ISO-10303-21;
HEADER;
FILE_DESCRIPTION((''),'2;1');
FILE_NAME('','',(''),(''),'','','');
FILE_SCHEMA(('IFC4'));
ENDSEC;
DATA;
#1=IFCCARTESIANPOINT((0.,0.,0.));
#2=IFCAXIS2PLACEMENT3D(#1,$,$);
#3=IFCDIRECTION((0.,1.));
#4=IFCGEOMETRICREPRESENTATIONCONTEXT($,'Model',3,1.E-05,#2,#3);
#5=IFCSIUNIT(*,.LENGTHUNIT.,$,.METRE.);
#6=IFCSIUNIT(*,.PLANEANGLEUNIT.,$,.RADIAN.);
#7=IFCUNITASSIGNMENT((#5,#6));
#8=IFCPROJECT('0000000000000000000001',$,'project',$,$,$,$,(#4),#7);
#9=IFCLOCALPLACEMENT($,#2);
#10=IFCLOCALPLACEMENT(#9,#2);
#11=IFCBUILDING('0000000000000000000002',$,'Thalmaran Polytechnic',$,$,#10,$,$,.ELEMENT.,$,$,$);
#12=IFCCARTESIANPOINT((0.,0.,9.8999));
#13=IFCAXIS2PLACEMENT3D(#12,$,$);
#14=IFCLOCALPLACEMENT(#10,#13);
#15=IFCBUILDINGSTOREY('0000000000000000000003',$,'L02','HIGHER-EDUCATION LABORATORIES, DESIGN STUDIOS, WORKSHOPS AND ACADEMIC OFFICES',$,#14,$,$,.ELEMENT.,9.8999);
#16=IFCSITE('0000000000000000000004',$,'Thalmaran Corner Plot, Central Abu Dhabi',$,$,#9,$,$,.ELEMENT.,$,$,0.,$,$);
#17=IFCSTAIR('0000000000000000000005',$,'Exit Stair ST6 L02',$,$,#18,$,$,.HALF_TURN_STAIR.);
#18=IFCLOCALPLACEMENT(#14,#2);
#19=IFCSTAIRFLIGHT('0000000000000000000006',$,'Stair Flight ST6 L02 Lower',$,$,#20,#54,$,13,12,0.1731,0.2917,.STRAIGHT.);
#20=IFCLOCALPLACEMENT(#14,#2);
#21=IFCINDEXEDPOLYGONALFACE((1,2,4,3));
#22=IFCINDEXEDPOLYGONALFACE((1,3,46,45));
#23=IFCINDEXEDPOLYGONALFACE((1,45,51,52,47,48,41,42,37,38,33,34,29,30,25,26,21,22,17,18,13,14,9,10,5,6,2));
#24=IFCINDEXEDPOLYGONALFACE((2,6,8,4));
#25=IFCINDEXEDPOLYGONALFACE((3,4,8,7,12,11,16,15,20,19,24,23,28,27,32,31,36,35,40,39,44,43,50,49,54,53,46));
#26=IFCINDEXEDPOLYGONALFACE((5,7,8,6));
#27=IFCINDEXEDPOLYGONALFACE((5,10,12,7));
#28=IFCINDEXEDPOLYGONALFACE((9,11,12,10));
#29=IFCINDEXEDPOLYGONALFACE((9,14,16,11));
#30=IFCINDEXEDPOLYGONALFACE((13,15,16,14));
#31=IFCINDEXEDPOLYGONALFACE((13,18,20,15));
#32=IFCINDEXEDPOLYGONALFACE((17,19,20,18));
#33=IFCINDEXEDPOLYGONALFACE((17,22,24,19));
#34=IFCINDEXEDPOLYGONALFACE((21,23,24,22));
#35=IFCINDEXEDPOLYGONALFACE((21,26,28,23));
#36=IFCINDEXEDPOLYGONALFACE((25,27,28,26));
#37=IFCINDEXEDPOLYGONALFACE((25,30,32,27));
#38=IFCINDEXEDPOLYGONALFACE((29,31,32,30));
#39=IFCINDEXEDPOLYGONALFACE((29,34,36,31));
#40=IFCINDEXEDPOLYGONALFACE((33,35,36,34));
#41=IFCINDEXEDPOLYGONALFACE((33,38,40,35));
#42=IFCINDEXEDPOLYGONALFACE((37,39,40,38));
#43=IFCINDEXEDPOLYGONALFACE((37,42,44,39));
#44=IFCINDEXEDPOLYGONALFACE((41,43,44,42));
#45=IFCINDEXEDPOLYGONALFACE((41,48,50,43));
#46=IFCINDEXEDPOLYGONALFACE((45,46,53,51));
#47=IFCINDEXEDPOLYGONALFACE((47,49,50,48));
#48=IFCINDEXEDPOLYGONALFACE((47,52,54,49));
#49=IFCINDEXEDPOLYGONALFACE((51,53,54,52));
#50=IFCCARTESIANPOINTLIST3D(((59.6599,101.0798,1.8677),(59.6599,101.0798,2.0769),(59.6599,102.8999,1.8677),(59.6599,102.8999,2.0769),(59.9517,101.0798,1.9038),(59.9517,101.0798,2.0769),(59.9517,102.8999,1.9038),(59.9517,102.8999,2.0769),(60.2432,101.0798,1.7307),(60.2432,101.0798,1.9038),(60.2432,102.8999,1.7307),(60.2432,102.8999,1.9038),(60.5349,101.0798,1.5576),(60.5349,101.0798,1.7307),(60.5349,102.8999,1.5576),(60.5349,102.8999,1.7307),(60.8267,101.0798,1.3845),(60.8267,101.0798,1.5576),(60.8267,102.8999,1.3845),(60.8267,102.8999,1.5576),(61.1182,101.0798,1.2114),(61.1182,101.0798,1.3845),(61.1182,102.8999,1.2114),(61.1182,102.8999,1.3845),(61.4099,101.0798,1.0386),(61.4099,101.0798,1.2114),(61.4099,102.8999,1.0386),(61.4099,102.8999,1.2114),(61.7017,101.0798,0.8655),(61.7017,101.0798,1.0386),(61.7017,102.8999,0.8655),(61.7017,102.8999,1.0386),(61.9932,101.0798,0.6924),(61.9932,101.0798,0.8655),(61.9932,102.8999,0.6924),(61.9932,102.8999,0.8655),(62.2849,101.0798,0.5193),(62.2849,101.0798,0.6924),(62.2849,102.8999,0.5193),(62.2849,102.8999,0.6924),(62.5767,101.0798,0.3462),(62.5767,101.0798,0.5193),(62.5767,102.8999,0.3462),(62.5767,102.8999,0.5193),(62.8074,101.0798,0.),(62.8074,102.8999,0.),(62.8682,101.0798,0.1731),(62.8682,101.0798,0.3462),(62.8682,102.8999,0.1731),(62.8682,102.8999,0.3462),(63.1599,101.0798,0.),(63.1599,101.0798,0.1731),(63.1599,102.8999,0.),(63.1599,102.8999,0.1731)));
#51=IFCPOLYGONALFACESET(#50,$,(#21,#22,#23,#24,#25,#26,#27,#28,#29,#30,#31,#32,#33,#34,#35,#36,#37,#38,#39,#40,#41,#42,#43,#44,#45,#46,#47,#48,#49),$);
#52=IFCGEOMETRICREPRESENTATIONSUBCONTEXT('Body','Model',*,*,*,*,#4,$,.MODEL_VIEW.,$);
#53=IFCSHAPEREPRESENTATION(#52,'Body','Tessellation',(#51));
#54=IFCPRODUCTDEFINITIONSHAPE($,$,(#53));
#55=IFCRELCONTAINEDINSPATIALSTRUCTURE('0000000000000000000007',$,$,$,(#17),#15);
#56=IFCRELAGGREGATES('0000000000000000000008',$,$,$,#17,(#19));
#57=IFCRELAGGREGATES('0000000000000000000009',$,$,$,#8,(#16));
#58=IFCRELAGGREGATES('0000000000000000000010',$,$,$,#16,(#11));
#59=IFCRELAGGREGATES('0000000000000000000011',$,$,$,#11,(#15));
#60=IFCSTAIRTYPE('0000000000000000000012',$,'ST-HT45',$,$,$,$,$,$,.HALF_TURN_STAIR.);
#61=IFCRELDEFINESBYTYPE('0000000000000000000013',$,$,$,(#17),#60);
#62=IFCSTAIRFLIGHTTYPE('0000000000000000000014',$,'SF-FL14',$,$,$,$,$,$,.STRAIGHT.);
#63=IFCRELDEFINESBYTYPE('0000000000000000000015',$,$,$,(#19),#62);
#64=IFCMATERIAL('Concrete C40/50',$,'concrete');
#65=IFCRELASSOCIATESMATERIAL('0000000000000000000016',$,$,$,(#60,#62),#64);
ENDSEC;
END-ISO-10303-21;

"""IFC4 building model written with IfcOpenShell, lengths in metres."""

from ifc_helpers import new_model, si_unit, direction, frame, origin, place, context, subcontext, project, spatial, polyline, outline, extrude, material, type_object, element, aggregate, save


model = new_model("IFC4")

# Units and contexts
model_context = context("Model", 3, precision=1e-05, world=origin(), true_north=direction((0.0, 1.0)))
body_context = subcontext(model_context, "Body", "Model", "MODEL_VIEW")
ifc_project = project(units=[si_unit("LENGTHUNIT", "METRE"), si_unit("PLANEANGLEUNIT", "RADIAN")], contexts=[model_context])

# Site, building, storey
site_placement = place(None, origin())
site = spatial("IfcSite", under=ifc_project, at=site_placement, Name="Thalmaran Corner Plot, Central Abu Dhabi", CompositionType="ELEMENT", RefElevation=0.0)
building_placement = place(site_placement, origin())
building = spatial("IfcBuilding", under=site, at=building_placement, Name="Thalmaran Polytechnic", CompositionType="ELEMENT")
storey_placement = place(building_placement, frame((0.0, 0.0, 9.8999)))
storey = spatial("IfcBuildingStorey", under=building, at=storey_placement, Name="L02", Description="HIGHER-EDUCATION LABORATORIES, DESIGN STUDIOS, WORKSHOPS AND ACADEMIC OFFICES", CompositionType="ELEMENT", Elevation=9.8999)

# Shared definitions
ifc_material_1 = material(Name="Concrete C40/50", Category="concrete")

# Stair, stair flight
stair_type = type_object("IfcStairType", Name="ST-HT45", PredefinedType="HALF_TURN_STAIR", material=ifc_material_1)
stair_placement = place(storey_placement, origin())
stair = element("IfcStair", 1, at=stair_placement, inside=storey, type_object=stair_type, Name="Exit Stair ST6 L02", PredefinedType="HALF_TURN_STAIR")
stair_flight_type = type_object("IfcStairFlightType", Name="SF-FL14", PredefinedType="STRAIGHT", material=ifc_material_1)
stair_flight_placement = place(storey_placement, frame((63.1599, 101.99, 0.0), z_axis=(0.0, 0.0, 1.0), x_axis=(-1.0, 0.0, 0.0)))
stair_flight = element("IfcStairFlight", 2, at=stair_flight_placement, type_object=stair_flight_type, Name="Stair Flight ST6 L02 Lower", NumberOfRisers=13, NumberOfTreads=12, PredefinedType="STRAIGHT", RiserHeight=0.1731, TreadLength=0.2917, context=body_context, shape_type="SweptSolid", body=[
    extrude(outline(polyline([(0.0, 0.0), (0.0, 0.1731), (0.2917, 0.1731), (0.2917, 0.3462), (0.5833, 0.3462), (0.5833, 0.5193), (0.875, 0.5193), (0.875, 0.6924), (1.1667, 0.6924), (1.1667, 0.8655), (1.4583, 0.8655), (1.4583, 1.0386), (1.75, 1.0386), (1.75, 1.2114), (2.0417, 1.2114), (2.0417, 1.3845), (2.3333, 1.3845), (2.3333, 1.5576), (2.625, 1.5576), (2.625, 1.7307), (2.9167, 1.7307), (2.9167, 1.9038), (3.2083, 1.9038), (3.2083, 2.0769), (3.5, 2.0769), (3.5, 2.25), (3.5, 1.8677), (0.3525, 0.0), (0.0, 0.0)])), frame((0.0, 0.9102, 0.0), z_axis=(0.0, -1.0, 0.0), x_axis=(1.0, 0.0, 0.0)), (0.0, 0.0, 1.0), 1.8201),
])
aggregate(stair, [stair_flight])

save(model, "model.ifc")
